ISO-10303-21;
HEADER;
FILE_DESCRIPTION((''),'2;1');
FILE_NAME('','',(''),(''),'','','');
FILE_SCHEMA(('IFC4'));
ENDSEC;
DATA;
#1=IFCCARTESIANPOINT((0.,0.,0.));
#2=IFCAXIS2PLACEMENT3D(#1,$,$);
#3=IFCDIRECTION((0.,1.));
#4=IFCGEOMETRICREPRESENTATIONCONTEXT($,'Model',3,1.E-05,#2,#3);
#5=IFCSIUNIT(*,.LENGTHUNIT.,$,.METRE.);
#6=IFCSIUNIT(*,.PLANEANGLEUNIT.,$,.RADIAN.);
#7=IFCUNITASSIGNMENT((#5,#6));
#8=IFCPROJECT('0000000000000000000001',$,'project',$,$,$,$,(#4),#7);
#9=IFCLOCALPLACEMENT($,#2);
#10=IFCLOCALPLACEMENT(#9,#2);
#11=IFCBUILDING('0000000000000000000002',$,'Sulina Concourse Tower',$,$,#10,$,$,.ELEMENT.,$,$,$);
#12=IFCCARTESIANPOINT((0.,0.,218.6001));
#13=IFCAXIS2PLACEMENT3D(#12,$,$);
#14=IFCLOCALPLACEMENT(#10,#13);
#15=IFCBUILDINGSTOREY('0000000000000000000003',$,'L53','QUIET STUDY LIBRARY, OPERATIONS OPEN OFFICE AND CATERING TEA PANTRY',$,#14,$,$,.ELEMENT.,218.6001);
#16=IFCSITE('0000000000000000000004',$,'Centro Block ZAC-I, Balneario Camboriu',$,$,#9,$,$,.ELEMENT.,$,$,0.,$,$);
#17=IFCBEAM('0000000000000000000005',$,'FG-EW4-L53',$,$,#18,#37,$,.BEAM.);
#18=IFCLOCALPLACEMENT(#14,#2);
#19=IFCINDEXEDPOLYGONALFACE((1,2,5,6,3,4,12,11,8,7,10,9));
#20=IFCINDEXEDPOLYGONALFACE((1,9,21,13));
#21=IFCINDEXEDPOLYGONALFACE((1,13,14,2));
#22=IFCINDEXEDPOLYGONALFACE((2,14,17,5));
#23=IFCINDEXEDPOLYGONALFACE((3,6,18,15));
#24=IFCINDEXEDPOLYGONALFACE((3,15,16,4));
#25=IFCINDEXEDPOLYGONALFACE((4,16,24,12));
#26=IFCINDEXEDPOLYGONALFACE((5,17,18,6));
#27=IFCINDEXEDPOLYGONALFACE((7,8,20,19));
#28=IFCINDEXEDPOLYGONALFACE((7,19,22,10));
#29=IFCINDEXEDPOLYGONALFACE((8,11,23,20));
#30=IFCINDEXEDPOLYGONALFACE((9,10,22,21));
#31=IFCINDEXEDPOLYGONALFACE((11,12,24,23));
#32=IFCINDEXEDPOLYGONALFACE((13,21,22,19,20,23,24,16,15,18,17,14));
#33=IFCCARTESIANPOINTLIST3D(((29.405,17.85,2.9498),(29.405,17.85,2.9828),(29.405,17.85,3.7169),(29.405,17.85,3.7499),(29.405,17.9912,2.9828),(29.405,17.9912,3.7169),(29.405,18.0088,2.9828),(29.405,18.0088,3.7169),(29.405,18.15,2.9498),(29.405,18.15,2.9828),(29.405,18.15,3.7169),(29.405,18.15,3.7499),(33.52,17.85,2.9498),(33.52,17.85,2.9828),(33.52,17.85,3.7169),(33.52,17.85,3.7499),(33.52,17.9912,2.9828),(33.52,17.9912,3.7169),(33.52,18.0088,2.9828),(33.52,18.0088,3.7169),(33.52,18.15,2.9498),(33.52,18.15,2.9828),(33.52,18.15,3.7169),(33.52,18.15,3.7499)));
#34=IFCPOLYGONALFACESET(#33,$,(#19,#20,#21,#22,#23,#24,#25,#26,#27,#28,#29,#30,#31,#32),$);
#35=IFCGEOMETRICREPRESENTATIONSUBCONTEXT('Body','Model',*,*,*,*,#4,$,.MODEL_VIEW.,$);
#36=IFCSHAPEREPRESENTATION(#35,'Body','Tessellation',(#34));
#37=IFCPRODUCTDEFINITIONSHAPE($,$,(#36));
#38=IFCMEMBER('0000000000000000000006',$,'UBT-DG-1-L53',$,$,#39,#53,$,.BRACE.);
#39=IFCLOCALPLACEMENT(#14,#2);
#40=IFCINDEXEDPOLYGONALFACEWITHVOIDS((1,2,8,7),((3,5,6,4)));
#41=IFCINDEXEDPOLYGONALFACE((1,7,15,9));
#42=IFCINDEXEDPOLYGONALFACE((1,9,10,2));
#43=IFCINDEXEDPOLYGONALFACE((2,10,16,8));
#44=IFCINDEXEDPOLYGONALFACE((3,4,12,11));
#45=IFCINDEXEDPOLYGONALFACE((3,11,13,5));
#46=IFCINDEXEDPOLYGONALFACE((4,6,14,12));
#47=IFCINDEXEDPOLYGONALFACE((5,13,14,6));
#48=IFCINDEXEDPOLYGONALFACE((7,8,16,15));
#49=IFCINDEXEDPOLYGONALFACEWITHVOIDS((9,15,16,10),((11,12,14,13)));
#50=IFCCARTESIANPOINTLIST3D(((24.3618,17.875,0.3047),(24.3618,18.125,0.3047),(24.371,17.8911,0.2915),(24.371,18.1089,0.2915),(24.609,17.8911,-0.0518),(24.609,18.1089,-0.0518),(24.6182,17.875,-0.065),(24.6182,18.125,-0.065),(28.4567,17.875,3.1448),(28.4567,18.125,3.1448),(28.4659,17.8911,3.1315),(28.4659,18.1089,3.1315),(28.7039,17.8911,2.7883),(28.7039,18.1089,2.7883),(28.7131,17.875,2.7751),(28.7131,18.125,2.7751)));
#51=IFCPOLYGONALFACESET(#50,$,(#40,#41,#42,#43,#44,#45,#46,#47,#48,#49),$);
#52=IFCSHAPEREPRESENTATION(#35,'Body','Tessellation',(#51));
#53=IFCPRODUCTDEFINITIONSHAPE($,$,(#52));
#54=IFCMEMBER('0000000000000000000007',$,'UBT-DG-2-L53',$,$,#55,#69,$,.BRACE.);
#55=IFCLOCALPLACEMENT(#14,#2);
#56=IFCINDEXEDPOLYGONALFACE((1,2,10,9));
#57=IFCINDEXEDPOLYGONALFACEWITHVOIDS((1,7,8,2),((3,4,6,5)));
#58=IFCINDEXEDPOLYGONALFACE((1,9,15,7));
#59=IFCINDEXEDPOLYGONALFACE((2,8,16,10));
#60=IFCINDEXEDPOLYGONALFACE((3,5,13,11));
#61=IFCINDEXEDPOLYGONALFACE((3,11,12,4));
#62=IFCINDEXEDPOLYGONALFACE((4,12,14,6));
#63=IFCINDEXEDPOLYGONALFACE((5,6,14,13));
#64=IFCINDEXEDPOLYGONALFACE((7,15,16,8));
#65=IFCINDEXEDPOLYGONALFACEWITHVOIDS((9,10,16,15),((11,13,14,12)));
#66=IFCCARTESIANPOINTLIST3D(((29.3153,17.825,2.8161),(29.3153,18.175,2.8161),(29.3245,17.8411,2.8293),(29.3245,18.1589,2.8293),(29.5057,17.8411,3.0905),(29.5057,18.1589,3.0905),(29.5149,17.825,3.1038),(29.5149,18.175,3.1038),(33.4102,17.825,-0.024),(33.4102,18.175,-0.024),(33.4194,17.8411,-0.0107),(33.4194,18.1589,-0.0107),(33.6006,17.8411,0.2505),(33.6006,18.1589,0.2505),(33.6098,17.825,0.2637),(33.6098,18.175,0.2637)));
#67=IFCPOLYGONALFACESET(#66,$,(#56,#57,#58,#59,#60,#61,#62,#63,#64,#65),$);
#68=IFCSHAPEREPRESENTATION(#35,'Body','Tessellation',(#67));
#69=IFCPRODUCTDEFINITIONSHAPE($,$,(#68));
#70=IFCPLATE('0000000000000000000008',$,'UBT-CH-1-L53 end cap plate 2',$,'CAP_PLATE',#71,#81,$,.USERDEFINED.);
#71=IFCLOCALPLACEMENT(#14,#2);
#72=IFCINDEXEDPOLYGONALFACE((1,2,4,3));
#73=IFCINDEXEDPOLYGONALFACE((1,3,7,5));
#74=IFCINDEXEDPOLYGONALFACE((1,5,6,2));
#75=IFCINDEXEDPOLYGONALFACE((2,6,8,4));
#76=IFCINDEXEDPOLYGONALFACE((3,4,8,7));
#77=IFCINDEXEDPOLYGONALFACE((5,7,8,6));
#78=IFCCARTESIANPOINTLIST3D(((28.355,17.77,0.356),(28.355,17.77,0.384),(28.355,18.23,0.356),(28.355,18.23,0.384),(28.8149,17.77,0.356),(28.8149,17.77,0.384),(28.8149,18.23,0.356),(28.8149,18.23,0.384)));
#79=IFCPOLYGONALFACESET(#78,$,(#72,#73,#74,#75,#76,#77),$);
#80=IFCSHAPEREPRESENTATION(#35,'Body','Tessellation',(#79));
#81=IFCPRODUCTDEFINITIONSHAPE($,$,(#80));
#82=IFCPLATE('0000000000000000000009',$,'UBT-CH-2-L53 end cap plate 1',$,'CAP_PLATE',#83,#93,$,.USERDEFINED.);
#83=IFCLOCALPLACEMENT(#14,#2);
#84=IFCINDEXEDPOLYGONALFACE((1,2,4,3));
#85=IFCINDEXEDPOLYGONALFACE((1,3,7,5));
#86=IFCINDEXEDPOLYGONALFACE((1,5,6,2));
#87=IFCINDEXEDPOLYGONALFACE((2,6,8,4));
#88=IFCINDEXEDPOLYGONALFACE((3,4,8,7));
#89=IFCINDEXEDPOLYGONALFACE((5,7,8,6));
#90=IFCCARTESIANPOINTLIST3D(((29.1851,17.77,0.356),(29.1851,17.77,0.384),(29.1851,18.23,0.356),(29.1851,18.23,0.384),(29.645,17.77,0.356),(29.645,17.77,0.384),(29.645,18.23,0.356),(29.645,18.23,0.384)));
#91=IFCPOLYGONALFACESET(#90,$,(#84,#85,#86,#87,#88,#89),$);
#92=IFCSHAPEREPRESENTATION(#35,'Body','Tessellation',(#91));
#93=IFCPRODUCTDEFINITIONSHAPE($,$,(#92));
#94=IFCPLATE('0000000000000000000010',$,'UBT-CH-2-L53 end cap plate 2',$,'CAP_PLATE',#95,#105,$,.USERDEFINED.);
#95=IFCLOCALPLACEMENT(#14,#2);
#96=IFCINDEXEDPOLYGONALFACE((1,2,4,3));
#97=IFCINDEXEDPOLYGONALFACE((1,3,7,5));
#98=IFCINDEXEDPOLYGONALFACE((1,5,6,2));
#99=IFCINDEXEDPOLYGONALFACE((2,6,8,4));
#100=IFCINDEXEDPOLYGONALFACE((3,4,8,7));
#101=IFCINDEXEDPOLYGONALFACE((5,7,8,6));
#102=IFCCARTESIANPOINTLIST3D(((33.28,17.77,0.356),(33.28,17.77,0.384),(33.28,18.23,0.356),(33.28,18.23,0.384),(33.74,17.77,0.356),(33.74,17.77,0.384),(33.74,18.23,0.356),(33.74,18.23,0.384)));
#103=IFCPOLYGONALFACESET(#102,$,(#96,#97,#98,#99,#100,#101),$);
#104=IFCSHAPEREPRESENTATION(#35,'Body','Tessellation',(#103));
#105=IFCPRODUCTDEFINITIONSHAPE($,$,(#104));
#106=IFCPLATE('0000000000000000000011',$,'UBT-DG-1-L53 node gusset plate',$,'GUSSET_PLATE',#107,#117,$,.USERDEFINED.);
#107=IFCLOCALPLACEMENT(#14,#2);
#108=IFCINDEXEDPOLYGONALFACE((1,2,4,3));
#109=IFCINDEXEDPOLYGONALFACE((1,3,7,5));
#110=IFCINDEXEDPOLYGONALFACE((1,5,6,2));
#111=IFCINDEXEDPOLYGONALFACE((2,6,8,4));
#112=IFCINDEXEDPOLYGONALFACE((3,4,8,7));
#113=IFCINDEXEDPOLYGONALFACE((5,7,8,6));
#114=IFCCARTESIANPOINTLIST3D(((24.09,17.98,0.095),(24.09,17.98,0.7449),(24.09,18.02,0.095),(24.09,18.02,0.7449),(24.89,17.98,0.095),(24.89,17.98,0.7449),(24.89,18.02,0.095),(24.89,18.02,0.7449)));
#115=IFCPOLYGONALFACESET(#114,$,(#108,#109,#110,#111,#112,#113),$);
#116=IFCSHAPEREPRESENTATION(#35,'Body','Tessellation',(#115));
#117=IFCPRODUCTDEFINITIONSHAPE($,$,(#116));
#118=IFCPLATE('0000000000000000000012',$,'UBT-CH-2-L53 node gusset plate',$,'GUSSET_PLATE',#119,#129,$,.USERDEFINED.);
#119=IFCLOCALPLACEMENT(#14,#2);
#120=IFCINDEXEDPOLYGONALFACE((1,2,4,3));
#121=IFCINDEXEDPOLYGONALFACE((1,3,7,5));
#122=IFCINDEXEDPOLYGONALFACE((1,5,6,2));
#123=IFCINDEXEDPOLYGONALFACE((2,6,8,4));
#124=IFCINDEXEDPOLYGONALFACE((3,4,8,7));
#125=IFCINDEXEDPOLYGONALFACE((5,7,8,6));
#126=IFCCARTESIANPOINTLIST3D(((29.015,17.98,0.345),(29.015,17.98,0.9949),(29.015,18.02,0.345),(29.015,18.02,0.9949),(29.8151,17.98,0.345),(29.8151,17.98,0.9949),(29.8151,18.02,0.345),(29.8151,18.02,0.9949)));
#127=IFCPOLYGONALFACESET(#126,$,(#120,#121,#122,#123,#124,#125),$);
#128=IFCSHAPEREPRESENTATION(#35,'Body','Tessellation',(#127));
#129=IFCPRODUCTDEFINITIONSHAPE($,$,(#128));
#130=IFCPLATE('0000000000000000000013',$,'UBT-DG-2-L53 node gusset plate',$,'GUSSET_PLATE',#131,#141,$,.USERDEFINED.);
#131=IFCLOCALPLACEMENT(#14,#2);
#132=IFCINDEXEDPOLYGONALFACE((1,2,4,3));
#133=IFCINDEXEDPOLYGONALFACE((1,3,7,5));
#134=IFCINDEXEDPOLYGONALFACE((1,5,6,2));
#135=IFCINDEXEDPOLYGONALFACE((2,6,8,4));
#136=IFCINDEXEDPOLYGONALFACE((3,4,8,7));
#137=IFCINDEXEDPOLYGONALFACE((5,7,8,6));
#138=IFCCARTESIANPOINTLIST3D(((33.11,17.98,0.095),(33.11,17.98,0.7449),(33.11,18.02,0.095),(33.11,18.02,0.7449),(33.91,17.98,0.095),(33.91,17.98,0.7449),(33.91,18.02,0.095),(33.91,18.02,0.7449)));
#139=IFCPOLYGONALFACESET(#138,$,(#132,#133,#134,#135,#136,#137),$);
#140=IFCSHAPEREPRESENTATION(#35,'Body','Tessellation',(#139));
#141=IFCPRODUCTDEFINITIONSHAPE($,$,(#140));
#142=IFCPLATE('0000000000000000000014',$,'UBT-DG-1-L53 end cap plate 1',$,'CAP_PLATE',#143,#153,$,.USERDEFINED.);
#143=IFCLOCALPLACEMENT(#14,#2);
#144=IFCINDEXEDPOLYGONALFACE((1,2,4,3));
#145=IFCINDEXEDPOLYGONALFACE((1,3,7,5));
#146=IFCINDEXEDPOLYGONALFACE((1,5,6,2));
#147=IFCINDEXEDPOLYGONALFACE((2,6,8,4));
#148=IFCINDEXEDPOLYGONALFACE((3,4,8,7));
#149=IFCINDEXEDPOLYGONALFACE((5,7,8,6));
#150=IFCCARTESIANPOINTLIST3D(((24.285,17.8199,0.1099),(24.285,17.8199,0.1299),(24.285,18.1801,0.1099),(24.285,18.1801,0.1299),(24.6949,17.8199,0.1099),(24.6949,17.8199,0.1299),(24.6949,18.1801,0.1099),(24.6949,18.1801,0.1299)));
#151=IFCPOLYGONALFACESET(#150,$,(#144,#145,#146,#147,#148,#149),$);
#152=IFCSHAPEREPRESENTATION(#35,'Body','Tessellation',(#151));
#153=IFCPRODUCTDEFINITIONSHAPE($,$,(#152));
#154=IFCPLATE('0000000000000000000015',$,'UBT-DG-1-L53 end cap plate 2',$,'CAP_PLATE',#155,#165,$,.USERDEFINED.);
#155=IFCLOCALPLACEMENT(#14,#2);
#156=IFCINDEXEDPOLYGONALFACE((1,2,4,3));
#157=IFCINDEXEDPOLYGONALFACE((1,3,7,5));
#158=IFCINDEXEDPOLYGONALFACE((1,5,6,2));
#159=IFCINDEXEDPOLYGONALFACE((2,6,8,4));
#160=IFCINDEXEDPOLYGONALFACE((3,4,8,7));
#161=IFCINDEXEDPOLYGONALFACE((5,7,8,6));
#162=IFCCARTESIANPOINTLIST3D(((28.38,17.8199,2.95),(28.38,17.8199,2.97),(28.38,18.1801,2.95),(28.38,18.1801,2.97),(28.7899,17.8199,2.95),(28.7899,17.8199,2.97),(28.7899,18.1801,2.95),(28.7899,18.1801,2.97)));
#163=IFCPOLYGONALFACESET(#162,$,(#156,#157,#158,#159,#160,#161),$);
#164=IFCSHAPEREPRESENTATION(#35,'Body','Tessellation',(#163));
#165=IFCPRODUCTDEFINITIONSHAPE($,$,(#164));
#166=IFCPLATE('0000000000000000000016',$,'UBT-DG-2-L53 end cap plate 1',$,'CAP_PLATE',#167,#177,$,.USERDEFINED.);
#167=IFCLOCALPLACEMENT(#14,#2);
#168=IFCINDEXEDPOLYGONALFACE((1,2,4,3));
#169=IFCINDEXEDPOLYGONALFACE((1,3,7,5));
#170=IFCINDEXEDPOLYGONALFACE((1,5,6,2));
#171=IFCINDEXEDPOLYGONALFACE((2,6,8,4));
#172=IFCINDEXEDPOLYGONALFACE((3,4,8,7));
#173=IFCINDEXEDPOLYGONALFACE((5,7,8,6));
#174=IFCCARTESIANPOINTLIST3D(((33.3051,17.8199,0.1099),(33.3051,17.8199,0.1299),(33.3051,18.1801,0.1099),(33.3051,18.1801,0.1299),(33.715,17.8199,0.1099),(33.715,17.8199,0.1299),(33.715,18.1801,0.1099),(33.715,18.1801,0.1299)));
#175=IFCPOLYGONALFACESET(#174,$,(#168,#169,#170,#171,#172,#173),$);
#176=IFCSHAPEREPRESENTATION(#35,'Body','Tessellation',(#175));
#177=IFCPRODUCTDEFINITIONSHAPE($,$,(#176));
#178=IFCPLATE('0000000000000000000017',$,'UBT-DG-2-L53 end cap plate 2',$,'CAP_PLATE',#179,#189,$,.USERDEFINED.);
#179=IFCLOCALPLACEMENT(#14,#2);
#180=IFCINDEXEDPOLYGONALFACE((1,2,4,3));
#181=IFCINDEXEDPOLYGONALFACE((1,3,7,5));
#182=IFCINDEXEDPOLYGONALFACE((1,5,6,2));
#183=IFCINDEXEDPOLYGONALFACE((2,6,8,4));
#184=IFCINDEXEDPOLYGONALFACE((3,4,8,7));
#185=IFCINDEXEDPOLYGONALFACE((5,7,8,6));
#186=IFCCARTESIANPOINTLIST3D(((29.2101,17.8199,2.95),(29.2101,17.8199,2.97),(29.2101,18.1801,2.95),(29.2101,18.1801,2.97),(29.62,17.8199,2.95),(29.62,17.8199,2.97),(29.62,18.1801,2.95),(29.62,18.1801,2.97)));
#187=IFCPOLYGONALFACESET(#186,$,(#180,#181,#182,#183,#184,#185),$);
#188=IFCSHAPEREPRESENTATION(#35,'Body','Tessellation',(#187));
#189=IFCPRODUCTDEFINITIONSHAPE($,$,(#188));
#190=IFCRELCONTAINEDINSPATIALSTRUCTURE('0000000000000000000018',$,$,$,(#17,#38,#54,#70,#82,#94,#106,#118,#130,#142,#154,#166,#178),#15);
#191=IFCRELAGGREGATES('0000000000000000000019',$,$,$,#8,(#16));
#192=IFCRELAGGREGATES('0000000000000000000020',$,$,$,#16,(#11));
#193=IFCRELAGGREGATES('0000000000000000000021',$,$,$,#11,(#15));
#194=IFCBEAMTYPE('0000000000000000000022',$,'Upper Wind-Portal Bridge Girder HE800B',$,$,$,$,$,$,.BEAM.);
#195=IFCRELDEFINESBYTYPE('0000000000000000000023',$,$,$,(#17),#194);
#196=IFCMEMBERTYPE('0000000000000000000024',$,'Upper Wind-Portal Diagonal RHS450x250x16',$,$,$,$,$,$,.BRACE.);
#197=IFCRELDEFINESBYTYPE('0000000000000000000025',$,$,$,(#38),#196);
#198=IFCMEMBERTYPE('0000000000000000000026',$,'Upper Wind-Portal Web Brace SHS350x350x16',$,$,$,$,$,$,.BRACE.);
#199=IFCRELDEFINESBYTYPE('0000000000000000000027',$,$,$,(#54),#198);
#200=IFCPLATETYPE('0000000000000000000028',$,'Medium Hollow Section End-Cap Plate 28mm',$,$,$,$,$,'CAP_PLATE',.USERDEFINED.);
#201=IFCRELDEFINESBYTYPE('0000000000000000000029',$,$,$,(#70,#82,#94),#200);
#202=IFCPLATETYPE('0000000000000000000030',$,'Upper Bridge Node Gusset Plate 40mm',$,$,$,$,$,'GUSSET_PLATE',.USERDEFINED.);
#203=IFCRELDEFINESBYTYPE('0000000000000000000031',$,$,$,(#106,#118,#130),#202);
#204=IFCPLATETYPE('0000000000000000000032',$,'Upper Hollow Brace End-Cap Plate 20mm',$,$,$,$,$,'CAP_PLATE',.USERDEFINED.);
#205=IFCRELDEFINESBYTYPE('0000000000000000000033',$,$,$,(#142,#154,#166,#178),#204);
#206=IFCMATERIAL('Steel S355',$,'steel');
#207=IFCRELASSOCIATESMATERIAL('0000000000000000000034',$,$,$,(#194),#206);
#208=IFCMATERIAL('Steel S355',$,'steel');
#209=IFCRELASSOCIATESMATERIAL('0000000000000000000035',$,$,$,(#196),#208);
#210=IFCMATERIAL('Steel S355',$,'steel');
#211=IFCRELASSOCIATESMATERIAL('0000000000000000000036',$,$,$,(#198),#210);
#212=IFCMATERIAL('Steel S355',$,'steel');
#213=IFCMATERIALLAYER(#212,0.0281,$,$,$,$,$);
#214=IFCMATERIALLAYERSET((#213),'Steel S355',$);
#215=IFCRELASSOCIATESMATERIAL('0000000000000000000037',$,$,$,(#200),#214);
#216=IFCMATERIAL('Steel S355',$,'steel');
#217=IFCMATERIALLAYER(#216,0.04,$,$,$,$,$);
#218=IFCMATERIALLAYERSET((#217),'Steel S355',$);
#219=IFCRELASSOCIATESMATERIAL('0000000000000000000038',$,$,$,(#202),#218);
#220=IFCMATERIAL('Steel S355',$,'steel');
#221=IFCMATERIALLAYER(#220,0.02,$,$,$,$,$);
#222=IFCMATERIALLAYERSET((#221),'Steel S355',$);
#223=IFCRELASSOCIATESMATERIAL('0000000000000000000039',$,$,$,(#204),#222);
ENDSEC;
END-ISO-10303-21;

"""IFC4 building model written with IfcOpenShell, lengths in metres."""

from ifc_helpers import new_model, si_unit, direction, frame, origin, origin_2d, place, context, subcontext, project, spatial, rectangle, hollow_rectangle, i_section, extrude, material, layer, layer_set, material_profile, profile_set, type_object, element, save


model = new_model("IFC4")

# Units and contexts
model_context = context("Model", 3, precision=1e-05, world=origin(), true_north=direction((0.0, 1.0)))
body_context = subcontext(model_context, "Body", "Model", "MODEL_VIEW")
ifc_project = project(units=[si_unit("LENGTHUNIT", "METRE"), si_unit("PLANEANGLEUNIT", "RADIAN")], contexts=[model_context])

# Site, building, storey
site_placement = place(None, origin())
site = spatial("IfcSite", under=ifc_project, at=site_placement, Name="Centro Block ZAC-I, Balneario Camboriu", CompositionType="ELEMENT", RefElevation=0.0)
building_placement = place(site_placement, origin())
building = spatial("IfcBuilding", under=site, at=building_placement, Name="Sulina Concourse Tower", CompositionType="ELEMENT")
storey_placement = place(building_placement, frame((0.0, 0.0, 218.6001)))
storey = spatial("IfcBuildingStorey", under=building, at=storey_placement, Name="L53", Description="QUIET STUDY LIBRARY, OPERATIONS OPEN OFFICE AND CATERING TEA PANTRY", CompositionType="ELEMENT", Elevation=218.6001)

# Beam
ifc_material_1 = material(Name="Steel S355", Category="steel")
ifc_material_profile_1 = material_profile(ifc_material_1, i_section(OverallWidth=0.3, OverallDepth=0.8, WebThickness=0.0176, FlangeThickness=0.033, at=origin_2d()), Name="HE 800 B")
ifc_profile_set_1 = profile_set([ifc_material_profile_1], Name="Steel S355")
beam_type_1 = type_object("IfcBeamType", Name="Upper Wind-Portal Bridge Girder HE800B", PredefinedType="BEAM", material=ifc_profile_set_1)
beam_1_placement = place(storey_placement, frame((29.405, 18.0, 3.3499), z_axis=(1.0, 0.0, 0.0), x_axis=(0.0, 1.0, 0.0)))
element("IfcBeam", 1, at=beam_1_placement, inside=storey, type_object=beam_type_1, Name="FG-EW4-L53", PredefinedType="BEAM", context=body_context, shape_type="SweptSolid", body=[
    extrude(i_section(OverallWidth=0.3, OverallDepth=0.8, WebThickness=0.0176, FlangeThickness=0.033, at=origin_2d()), origin(), (0.0, 0.0, 1.0), 4.115),
])

# Members
ifc_material_2 = material(Name="Steel S355", Category="steel")
ifc_material_profile_2 = material_profile(ifc_material_2, hollow_rectangle(XDim=0.25, YDim=0.45, WallThickness=0.0161, at=origin_2d()), Name="RHS 450x250x16")
ifc_profile_set_2 = profile_set([ifc_material_profile_2], Name="Steel S355")
member_type_1 = type_object("IfcMemberType", Name="Upper Wind-Portal Diagonal RHS450x250x16", PredefinedType="BRACE", material=ifc_profile_set_2)
member_1_placement = place(storey_placement, frame((24.49, 18.0, 0.1199), z_axis=(0.821712, 0.0, 0.569903), x_axis=(0.0, 1.0, 0.0)))
element("IfcMember", 2, at=member_1_placement, inside=storey, type_object=member_type_1, Name="UBT-DG-1-L53", PredefinedType="BRACE", context=body_context, shape_type="SweptSolid", body=[
    extrude(hollow_rectangle(XDim=0.25, YDim=0.45, WallThickness=0.0161, at=origin_2d()), origin(), (0.0, 0.0, 1.0), 4.9834),
])
ifc_material_3 = material(Name="Steel S355", Category="steel")
ifc_material_profile_3 = material_profile(ifc_material_3, hollow_rectangle(XDim=0.3501, YDim=0.3501, WallThickness=0.0161, at=origin_2d()), Name="SHS 350x350x16")
ifc_profile_set_3 = profile_set([ifc_material_profile_3], Name="Steel S355")
member_type_2 = type_object("IfcMemberType", Name="Upper Wind-Portal Web Brace SHS350x350x16", PredefinedType="BRACE", material=ifc_profile_set_3)
member_2_placement = place(storey_placement, frame((33.51, 18.0, 0.1199), z_axis=(-0.821712, 0.0, 0.569903), x_axis=(0.0, -1.0, 0.0)))
element("IfcMember", 3, at=member_2_placement, inside=storey, type_object=member_type_2, Name="UBT-DG-2-L53", PredefinedType="BRACE", context=body_context, shape_type="SweptSolid", body=[
    extrude(hollow_rectangle(XDim=0.3501, YDim=0.3501, WallThickness=0.0161, at=origin_2d()), origin(), (0.0, 0.0, 1.0), 4.9834),
])

# Plates
ifc_material_4 = material(Name="Steel S355", Category="steel")
ifc_layer_1 = layer(ifc_material_4, 0.0281)
ifc_layer_set_1 = layer_set([ifc_layer_1], Name="Steel S355")
plate_type_1 = type_object("IfcPlateType", Name="Medium Hollow Section End-Cap Plate 28mm", ElementType="CAP_PLATE", PredefinedType="USERDEFINED", material=ifc_layer_set_1)
for number, where, z_axis, x_axis, name in (
    (4, (28.585, 18.0, 0.356), (0.0, 0.0, 1.0), (1.0, 0.0, 0.0), "UBT-CH-1-L53 end cap plate 2"),
    (5, (29.415, 18.0, 0.356), (0.0, 0.0, 1.0), (1.0, 0.0, 0.0), "UBT-CH-2-L53 end cap plate 1"),
    (6, (33.51, 18.0, 0.356), (0.0, 0.0, 1.0), (1.0, 0.0, 0.0), "UBT-CH-2-L53 end cap plate 2"),
):
    element("IfcPlate", number, at=place(storey_placement, frame(where, z_axis=z_axis, x_axis=x_axis)), inside=storey, type_object=plate_type_1, Name=name, ObjectType="CAP_PLATE", PredefinedType="USERDEFINED", context=body_context, shape_type="SweptSolid", body=[
        extrude(rectangle(XDim=0.46, YDim=0.46, at=origin_2d()), origin(), (0.0, 0.0, 1.0), 0.0281),
    ])
ifc_material_5 = material(Name="Steel S355", Category="steel")
ifc_layer_2 = layer(ifc_material_5, 0.04)
ifc_layer_set_2 = layer_set([ifc_layer_2], Name="Steel S355")
plate_type_2 = type_object("IfcPlateType", Name="Upper Bridge Node Gusset Plate 40mm", ElementType="GUSSET_PLATE", PredefinedType="USERDEFINED", material=ifc_layer_set_2)
for number, where, z_axis, x_axis, name in (
    (7, (24.49, 18.0, 0.095), (0.0, 0.0, 1.0), (1.0, 0.0, 0.0), "UBT-DG-1-L53 node gusset plate"),
    (8, (29.415, 18.0, 0.345), (0.0, 0.0, 1.0), (1.0, 0.0, 0.0), "UBT-CH-2-L53 node gusset plate"),
    (9, (33.51, 18.0, 0.095), (0.0, 0.0, 1.0), (1.0, 0.0, 0.0), "UBT-DG-2-L53 node gusset plate"),
):
    element("IfcPlate", number, at=place(storey_placement, frame(where, z_axis=z_axis, x_axis=x_axis)), inside=storey, type_object=plate_type_2, Name=name, ObjectType="GUSSET_PLATE", PredefinedType="USERDEFINED", context=body_context, shape_type="SweptSolid", body=[
        extrude(rectangle(XDim=0.8, YDim=0.04, at=origin_2d()), origin(), (0.0, 0.0, 1.0), 0.6499),
    ])
ifc_material_6 = material(Name="Steel S355", Category="steel")
ifc_layer_3 = layer(ifc_material_6, 0.02)
ifc_layer_set_3 = layer_set([ifc_layer_3], Name="Steel S355")
plate_type_3 = type_object("IfcPlateType", Name="Upper Hollow Brace End-Cap Plate 20mm", ElementType="CAP_PLATE", PredefinedType="USERDEFINED", material=ifc_layer_set_3)
for number, where, z_axis, x_axis, name in (
    (10, (24.49, 18.0, 0.1099), (0.0, 0.0, 1.0), (1.0, 0.0, 0.0), "UBT-DG-1-L53 end cap plate 1"),
    (11, (28.585, 18.0, 2.95), (0.0, 0.0, 1.0), (1.0, 0.0, 0.0), "UBT-DG-1-L53 end cap plate 2"),
    (12, (33.51, 18.0, 0.1099), (0.0, 0.0, 1.0), (1.0, 0.0, 0.0), "UBT-DG-2-L53 end cap plate 1"),
    (13, (29.415, 18.0, 2.95), (0.0, 0.0, 1.0), (1.0, 0.0, 0.0), "UBT-DG-2-L53 end cap plate 2"),
):
    element("IfcPlate", number, at=place(storey_placement, frame(where, z_axis=z_axis, x_axis=x_axis)), inside=storey, type_object=plate_type_3, Name=name, ObjectType="CAP_PLATE", PredefinedType="USERDEFINED", context=body_context, shape_type="SweptSolid", body=[
        extrude(rectangle(XDim=0.4099, YDim=0.3601, at=origin_2d()), origin(), (0.0, 0.0, 1.0), 0.02),
    ])

save(model, "model.ifc")
